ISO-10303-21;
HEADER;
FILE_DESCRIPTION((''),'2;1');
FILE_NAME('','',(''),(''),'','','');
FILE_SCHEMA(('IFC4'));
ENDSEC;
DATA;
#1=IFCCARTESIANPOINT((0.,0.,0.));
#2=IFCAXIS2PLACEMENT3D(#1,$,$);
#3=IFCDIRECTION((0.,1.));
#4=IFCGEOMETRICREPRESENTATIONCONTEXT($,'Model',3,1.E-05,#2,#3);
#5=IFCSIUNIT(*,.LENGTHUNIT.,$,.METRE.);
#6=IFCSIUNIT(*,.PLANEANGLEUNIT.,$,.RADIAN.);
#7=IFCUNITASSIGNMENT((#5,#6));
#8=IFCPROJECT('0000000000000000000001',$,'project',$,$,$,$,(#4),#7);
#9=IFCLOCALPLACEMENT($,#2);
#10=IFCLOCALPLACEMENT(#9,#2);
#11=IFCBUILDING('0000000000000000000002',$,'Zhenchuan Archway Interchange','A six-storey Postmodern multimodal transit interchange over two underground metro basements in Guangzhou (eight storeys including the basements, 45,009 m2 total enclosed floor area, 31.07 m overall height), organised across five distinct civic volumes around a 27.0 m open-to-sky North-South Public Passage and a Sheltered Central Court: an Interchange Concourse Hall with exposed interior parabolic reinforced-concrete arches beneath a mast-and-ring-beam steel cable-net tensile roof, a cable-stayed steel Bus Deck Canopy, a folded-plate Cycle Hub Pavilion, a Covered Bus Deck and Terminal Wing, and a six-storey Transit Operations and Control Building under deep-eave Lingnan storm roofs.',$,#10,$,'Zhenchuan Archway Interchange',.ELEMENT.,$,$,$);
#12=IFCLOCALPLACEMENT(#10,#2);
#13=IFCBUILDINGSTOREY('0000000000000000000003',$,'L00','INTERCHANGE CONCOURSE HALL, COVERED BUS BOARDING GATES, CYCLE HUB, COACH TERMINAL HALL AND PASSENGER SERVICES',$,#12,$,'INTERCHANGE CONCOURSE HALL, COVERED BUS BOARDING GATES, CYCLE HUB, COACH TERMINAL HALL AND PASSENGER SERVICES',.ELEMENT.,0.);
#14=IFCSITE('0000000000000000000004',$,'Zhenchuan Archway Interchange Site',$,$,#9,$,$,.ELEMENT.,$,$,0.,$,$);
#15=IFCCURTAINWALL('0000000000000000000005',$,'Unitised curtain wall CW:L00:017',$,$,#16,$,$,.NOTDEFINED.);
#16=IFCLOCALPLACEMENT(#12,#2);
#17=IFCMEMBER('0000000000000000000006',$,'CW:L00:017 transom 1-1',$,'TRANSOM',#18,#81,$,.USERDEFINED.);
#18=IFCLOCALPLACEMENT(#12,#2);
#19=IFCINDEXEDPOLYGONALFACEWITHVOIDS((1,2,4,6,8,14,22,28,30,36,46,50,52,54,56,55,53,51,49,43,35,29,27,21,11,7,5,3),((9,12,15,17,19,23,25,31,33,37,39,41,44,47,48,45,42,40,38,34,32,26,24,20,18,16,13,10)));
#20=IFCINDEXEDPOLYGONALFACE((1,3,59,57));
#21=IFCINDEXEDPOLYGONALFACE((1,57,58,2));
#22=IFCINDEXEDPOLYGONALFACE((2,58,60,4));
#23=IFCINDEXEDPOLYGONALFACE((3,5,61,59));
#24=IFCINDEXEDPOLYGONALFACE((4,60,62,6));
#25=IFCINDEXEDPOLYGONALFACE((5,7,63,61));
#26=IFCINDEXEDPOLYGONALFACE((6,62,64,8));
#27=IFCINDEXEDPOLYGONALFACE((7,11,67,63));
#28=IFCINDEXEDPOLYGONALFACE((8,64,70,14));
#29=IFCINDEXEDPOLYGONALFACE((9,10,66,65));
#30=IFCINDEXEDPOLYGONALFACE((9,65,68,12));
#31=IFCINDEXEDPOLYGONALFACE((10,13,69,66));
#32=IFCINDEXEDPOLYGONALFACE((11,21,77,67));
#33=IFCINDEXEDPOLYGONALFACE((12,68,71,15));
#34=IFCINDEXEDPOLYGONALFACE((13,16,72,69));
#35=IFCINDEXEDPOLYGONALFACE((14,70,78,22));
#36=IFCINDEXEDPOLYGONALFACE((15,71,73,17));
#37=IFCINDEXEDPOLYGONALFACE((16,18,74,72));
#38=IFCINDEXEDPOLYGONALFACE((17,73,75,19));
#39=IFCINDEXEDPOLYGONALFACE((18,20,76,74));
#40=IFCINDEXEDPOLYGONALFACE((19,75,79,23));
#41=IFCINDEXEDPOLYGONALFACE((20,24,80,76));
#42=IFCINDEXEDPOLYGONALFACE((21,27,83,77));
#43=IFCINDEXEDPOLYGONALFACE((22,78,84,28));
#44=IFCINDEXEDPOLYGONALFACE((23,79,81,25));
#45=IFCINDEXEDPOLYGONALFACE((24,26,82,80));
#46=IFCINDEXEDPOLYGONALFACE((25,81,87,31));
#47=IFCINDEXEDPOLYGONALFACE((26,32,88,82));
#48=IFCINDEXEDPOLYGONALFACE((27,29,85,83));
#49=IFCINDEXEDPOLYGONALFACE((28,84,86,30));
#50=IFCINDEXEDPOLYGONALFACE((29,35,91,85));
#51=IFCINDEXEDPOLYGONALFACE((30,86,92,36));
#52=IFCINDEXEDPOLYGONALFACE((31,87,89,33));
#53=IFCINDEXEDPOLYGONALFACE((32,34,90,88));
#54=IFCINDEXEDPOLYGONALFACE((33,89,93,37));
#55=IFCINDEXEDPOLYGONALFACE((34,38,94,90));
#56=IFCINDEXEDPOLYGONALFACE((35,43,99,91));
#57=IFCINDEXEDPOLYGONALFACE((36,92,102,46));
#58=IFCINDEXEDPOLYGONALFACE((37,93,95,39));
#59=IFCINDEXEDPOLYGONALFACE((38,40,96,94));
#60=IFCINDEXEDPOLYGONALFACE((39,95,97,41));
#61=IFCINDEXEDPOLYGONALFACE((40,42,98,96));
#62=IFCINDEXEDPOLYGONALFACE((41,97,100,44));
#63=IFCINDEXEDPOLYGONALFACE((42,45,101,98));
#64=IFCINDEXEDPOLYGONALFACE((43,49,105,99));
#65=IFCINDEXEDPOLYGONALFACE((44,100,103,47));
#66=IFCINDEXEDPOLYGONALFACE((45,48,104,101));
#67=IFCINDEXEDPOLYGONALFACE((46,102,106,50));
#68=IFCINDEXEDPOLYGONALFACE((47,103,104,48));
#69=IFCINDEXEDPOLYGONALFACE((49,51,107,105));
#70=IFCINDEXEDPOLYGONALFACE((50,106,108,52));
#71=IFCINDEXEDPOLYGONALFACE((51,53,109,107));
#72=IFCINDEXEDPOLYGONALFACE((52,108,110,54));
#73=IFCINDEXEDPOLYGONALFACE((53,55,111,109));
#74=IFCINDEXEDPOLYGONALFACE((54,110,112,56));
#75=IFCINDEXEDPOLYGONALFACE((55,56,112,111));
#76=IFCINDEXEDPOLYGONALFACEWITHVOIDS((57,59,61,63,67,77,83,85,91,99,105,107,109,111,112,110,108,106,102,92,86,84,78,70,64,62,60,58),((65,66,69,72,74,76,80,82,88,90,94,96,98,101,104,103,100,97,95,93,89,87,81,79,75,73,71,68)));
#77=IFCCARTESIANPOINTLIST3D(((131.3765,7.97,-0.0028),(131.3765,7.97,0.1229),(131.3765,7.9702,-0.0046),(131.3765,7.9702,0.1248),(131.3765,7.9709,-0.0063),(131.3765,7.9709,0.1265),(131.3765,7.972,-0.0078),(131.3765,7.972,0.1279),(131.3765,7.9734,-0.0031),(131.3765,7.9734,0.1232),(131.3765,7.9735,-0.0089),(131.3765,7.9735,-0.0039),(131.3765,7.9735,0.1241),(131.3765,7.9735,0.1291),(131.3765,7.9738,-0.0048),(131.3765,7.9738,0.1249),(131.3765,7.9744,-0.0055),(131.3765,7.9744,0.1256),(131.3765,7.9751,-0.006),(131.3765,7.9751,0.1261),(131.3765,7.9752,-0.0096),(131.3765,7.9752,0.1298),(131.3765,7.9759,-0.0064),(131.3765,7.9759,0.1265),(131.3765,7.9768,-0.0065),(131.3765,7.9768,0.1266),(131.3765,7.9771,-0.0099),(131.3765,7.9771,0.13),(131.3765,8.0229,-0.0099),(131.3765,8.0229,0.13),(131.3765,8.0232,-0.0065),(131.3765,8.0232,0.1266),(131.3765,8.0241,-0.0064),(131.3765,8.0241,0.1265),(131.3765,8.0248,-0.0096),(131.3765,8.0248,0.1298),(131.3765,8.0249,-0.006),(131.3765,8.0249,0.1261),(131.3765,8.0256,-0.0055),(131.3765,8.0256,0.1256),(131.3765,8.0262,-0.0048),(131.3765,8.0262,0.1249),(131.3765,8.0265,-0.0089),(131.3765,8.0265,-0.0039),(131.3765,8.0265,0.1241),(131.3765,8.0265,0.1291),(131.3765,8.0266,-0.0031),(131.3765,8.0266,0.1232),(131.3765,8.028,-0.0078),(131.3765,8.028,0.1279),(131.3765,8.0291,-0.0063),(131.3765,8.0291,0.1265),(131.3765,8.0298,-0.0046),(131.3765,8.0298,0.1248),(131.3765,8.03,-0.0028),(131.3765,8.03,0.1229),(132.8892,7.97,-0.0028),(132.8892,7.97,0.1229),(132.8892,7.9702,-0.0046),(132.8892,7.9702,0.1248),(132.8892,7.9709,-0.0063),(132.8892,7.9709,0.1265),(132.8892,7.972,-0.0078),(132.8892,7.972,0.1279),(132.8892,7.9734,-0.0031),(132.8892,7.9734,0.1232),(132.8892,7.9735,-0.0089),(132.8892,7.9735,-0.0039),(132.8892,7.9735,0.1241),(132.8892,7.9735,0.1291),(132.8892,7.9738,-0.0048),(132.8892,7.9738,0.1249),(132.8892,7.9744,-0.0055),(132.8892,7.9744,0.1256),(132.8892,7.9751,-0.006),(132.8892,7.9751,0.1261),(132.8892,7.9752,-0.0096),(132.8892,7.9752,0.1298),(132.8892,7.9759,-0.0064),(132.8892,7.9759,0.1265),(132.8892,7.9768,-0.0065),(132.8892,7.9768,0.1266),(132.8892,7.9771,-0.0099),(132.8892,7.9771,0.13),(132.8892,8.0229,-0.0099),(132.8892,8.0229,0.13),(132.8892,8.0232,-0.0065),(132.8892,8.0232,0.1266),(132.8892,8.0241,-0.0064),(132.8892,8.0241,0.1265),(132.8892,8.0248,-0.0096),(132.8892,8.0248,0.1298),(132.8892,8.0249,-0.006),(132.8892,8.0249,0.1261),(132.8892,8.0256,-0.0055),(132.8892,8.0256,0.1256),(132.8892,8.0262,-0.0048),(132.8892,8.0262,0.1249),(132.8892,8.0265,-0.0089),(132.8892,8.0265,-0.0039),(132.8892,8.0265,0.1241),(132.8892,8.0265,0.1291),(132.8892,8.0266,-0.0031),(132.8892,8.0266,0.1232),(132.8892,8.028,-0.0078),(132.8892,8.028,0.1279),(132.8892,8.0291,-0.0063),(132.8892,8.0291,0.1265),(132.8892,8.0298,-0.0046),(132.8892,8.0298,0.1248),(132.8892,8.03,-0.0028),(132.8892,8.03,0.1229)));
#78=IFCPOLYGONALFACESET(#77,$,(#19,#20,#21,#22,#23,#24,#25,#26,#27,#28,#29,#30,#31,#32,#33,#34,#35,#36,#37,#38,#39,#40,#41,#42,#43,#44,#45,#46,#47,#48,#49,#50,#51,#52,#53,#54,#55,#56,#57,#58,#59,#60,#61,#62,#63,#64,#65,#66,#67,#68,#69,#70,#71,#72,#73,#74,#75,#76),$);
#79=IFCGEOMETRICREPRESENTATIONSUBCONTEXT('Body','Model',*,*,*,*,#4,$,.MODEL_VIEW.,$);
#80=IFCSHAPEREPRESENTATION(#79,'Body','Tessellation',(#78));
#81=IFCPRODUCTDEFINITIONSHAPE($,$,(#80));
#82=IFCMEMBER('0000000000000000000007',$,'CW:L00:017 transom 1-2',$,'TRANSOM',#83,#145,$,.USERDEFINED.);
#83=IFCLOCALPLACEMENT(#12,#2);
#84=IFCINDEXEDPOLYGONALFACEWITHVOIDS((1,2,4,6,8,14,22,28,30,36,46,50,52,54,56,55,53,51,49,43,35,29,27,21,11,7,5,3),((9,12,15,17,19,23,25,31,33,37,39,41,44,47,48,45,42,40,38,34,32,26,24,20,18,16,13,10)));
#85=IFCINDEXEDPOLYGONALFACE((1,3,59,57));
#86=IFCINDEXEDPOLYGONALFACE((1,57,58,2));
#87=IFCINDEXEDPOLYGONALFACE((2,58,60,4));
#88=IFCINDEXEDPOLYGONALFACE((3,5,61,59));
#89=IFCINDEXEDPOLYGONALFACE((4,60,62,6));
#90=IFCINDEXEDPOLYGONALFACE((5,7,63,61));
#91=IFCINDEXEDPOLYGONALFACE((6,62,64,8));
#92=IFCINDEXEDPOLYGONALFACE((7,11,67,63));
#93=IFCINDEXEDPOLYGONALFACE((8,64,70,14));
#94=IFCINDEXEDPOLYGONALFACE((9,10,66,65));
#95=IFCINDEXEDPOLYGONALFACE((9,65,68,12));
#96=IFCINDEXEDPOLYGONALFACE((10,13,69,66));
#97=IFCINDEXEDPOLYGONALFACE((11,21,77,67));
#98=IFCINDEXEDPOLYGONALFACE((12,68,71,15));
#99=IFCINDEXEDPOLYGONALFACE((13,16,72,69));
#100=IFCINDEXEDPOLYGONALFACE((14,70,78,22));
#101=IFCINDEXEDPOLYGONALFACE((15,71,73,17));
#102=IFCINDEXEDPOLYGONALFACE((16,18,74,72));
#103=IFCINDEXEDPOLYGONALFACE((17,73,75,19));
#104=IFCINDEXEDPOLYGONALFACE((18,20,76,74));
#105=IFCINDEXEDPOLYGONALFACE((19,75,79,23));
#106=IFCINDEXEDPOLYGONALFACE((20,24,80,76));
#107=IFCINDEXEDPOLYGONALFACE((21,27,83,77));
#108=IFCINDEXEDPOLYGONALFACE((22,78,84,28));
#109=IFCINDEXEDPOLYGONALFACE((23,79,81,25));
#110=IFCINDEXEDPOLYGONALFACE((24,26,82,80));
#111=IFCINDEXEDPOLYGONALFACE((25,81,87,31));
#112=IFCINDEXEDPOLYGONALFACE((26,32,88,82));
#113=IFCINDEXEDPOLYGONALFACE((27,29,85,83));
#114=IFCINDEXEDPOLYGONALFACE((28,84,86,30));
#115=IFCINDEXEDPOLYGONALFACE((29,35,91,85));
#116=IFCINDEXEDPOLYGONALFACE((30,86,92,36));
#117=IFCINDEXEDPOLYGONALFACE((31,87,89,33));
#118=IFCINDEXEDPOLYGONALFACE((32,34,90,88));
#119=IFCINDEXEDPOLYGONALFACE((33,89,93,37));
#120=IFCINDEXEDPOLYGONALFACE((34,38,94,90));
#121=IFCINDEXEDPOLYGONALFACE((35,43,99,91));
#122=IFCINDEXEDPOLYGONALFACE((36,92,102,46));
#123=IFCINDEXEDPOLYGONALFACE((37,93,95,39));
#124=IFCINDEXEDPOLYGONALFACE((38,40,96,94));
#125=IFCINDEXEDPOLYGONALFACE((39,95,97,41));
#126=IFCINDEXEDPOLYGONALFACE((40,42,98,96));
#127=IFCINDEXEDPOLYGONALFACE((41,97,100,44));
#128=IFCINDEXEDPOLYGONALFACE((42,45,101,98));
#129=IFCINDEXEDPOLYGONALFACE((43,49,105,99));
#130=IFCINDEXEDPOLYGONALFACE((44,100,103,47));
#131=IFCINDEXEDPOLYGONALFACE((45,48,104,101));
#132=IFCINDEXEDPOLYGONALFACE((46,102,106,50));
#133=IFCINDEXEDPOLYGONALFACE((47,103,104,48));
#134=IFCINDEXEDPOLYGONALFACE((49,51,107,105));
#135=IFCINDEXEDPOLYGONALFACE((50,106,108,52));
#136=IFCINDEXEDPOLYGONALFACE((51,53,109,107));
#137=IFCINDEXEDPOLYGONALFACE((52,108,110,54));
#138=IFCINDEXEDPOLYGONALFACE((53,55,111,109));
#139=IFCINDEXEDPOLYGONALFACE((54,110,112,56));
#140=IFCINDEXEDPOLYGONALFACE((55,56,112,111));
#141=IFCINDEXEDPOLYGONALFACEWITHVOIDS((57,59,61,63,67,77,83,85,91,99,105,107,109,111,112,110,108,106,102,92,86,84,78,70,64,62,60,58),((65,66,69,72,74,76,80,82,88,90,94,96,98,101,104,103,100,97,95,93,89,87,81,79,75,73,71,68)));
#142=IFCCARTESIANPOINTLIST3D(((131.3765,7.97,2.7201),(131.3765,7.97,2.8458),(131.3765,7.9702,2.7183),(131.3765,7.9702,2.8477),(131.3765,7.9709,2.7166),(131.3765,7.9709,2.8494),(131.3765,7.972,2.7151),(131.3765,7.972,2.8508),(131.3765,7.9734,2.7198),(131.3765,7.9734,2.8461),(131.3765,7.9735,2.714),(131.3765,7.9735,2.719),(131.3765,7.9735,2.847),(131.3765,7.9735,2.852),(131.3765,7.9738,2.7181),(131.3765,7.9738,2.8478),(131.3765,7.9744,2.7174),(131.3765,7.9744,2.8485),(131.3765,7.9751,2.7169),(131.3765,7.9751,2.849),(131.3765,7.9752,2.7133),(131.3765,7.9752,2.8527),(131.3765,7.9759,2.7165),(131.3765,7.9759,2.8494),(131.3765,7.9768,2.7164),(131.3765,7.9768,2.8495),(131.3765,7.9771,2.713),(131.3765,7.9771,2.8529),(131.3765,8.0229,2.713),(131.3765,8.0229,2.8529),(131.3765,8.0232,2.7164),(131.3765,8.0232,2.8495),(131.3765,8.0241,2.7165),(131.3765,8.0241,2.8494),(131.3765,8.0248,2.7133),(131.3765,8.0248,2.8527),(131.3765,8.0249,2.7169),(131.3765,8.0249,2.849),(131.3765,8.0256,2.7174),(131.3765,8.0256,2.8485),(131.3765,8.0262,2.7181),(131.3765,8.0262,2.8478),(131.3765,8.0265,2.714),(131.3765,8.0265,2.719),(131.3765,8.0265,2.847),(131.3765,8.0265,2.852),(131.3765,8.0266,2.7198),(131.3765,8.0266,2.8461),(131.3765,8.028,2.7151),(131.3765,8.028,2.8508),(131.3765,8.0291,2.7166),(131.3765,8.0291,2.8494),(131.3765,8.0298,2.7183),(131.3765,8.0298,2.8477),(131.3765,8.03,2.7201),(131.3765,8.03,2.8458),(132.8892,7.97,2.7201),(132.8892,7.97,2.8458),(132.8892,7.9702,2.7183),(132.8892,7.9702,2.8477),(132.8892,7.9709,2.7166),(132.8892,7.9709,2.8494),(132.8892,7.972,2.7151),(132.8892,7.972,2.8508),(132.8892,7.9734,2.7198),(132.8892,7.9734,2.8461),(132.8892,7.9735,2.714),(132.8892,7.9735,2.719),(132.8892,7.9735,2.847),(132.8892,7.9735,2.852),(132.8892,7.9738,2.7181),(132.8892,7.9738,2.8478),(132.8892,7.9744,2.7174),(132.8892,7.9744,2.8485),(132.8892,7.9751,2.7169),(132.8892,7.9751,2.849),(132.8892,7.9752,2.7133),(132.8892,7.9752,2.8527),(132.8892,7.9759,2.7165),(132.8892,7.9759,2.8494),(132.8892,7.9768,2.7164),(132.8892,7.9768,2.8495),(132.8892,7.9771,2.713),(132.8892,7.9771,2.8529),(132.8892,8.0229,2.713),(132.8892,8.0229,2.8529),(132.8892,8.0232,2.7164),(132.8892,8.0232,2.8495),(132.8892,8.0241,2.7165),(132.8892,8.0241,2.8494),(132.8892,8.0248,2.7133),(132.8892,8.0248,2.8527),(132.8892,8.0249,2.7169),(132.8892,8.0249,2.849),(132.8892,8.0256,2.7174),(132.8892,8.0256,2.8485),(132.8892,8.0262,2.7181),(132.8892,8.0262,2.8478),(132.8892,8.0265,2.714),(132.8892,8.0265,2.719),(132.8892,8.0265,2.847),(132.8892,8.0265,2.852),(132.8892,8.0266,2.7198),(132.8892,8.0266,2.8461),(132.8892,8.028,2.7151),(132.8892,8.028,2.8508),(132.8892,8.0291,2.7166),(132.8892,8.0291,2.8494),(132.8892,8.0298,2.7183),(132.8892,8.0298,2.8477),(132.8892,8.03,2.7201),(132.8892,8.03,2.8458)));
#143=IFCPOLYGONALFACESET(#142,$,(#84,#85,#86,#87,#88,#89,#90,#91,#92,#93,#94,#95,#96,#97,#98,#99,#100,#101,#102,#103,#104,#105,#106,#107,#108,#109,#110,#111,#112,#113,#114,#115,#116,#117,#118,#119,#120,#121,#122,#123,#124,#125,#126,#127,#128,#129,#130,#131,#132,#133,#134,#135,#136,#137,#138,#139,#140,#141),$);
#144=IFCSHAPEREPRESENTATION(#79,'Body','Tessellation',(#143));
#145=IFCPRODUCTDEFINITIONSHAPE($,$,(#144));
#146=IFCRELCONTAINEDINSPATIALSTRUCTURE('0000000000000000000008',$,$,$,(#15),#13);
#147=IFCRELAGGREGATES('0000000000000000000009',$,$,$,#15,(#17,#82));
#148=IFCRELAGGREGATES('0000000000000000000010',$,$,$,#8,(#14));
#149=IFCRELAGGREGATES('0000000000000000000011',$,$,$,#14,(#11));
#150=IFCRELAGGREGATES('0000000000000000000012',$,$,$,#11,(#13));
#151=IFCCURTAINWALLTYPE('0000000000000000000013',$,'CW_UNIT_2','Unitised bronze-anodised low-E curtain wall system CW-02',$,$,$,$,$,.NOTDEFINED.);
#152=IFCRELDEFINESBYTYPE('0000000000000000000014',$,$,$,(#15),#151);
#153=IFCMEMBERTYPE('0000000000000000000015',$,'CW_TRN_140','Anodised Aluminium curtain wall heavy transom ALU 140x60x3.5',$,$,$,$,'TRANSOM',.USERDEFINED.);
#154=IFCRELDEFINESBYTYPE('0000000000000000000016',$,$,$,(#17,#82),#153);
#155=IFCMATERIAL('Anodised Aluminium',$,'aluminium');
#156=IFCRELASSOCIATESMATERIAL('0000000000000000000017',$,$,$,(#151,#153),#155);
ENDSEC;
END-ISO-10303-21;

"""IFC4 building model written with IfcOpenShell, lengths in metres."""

from ifc_helpers import new_model, si_unit, direction, frame, origin, origin_2d, place, context, subcontext, project, spatial, hollow_rectangle, extrude, material, material_profile, profile_set, type_object, element, aggregate, save


model = new_model("IFC4")

# Units and contexts
model_context = context("Model", 3, precision=1e-05, world=origin(), true_north=direction((0.0, 1.0)))
body_context = subcontext(model_context, "Body", "Model", "MODEL_VIEW")
ifc_project = project(units=[si_unit("LENGTHUNIT", "METRE"), si_unit("PLANEANGLEUNIT", "RADIAN")], contexts=[model_context])

# Site, building, storey
site_placement = place(None, origin())
site = spatial("IfcSite", under=ifc_project, at=site_placement, Name="Zhenchuan Archway Interchange Site", CompositionType="ELEMENT", RefElevation=0.0)
building_placement = place(site_placement, origin())
building = spatial("IfcBuilding", under=site, at=building_placement, Name="Zhenchuan Archway Interchange", Description="A six-storey Postmodern multimodal transit interchange over two underground metro basements in Guangzhou (eight storeys including the basements, 45,009 m2 total enclosed floor area, 31.07 m overall height), organised across five distinct civic volumes around a 27.0 m open-to-sky North-South Public Passage and a Sheltered Central Court: an Interchange Concourse Hall with exposed interior parabolic reinforced-concrete arches beneath a mast-and-ring-beam steel cable-net tensile roof, a cable-stayed steel Bus Deck Canopy, a folded-plate Cycle Hub Pavilion, a Covered Bus Deck and Terminal Wing, and a six-storey Transit Operations and Control Building under deep-eave Lingnan storm roofs.", LongName="Zhenchuan Archway Interchange", CompositionType="ELEMENT")
storey_placement = place(building_placement, origin())
storey = spatial("IfcBuildingStorey", under=building, at=storey_placement, Name="L00", Description="INTERCHANGE CONCOURSE HALL, COVERED BUS BOARDING GATES, CYCLE HUB, COACH TERMINAL HALL AND PASSENGER SERVICES", LongName="INTERCHANGE CONCOURSE HALL, COVERED BUS BOARDING GATES, CYCLE HUB, COACH TERMINAL HALL AND PASSENGER SERVICES", CompositionType="ELEMENT", Elevation=0.0)

# Curtain wall, members
ifc_material_1 = material(Name="Anodised Aluminium", Category="aluminium")
curtain_wall_type = type_object("IfcCurtainWallType", Name="CW_UNIT_2", Description="Unitised bronze-anodised low-E curtain wall system CW-02", PredefinedType="NOTDEFINED", material=ifc_material_1)
curtain_wall_placement = place(storey_placement, origin())
curtain_wall = element("IfcCurtainWall", 1, at=curtain_wall_placement, inside=storey, type_object=curtain_wall_type, Name="Unitised curtain wall CW:L00:017", PredefinedType="NOTDEFINED")
ifc_material_profile_1 = material_profile(ifc_material_1, hollow_rectangle(XDim=0.0601, YDim=0.1399, WallThickness=0.0034, InnerFilletRadius=0.0034, OuterFilletRadius=0.0071, at=origin_2d()), Name="ALU 140x60x3.5")
ifc_profile_set_1 = profile_set([ifc_material_profile_1], Name="Anodised Aluminium")
member_type_1 = type_object("IfcMemberType", Name="CW_TRN_140", Description="Anodised Aluminium curtain wall heavy transom ALU 140x60x3.5", ElementType="TRANSOM", PredefinedType="USERDEFINED", material=ifc_profile_set_1)
member_1_placement = place(storey_placement, frame((132.8892, 8.0, 0.0601), z_axis=(-1.0, 0.0, 0.0), x_axis=(0.0, -1.0, 0.0)))
member_1 = element("IfcMember", 2, at=member_1_placement, type_object=member_type_1, Name="CW:L00:017 transom 1-1", ObjectType="TRANSOM", PredefinedType="USERDEFINED", context=body_context, shape_type="SweptSolid", body=[
    extrude(hollow_rectangle(XDim=0.0601, YDim=0.1399, WallThickness=0.0034, InnerFilletRadius=0.0034, OuterFilletRadius=0.0071, at=origin_2d()), origin(), (0.0, 0.0, 1.0), 1.5127),
])
member_2_placement = place(storey_placement, frame((132.8892, 8.0, 2.783), z_axis=(-1.0, 0.0, 0.0), x_axis=(0.0, -1.0, 0.0)))
member_2 = element("IfcMember", 3, at=member_2_placement, type_object=member_type_1, Name="CW:L00:017 transom 1-2", ObjectType="TRANSOM", PredefinedType="USERDEFINED", context=body_context, shape_type="SweptSolid", body=[
    extrude(hollow_rectangle(XDim=0.0601, YDim=0.1399, WallThickness=0.0034, InnerFilletRadius=0.0034, OuterFilletRadius=0.0071, at=origin_2d()), origin(), (0.0, 0.0, 1.0), 1.5127),
])

aggregate(curtain_wall, [member_1, member_2])

save(model, "model.ifc")
